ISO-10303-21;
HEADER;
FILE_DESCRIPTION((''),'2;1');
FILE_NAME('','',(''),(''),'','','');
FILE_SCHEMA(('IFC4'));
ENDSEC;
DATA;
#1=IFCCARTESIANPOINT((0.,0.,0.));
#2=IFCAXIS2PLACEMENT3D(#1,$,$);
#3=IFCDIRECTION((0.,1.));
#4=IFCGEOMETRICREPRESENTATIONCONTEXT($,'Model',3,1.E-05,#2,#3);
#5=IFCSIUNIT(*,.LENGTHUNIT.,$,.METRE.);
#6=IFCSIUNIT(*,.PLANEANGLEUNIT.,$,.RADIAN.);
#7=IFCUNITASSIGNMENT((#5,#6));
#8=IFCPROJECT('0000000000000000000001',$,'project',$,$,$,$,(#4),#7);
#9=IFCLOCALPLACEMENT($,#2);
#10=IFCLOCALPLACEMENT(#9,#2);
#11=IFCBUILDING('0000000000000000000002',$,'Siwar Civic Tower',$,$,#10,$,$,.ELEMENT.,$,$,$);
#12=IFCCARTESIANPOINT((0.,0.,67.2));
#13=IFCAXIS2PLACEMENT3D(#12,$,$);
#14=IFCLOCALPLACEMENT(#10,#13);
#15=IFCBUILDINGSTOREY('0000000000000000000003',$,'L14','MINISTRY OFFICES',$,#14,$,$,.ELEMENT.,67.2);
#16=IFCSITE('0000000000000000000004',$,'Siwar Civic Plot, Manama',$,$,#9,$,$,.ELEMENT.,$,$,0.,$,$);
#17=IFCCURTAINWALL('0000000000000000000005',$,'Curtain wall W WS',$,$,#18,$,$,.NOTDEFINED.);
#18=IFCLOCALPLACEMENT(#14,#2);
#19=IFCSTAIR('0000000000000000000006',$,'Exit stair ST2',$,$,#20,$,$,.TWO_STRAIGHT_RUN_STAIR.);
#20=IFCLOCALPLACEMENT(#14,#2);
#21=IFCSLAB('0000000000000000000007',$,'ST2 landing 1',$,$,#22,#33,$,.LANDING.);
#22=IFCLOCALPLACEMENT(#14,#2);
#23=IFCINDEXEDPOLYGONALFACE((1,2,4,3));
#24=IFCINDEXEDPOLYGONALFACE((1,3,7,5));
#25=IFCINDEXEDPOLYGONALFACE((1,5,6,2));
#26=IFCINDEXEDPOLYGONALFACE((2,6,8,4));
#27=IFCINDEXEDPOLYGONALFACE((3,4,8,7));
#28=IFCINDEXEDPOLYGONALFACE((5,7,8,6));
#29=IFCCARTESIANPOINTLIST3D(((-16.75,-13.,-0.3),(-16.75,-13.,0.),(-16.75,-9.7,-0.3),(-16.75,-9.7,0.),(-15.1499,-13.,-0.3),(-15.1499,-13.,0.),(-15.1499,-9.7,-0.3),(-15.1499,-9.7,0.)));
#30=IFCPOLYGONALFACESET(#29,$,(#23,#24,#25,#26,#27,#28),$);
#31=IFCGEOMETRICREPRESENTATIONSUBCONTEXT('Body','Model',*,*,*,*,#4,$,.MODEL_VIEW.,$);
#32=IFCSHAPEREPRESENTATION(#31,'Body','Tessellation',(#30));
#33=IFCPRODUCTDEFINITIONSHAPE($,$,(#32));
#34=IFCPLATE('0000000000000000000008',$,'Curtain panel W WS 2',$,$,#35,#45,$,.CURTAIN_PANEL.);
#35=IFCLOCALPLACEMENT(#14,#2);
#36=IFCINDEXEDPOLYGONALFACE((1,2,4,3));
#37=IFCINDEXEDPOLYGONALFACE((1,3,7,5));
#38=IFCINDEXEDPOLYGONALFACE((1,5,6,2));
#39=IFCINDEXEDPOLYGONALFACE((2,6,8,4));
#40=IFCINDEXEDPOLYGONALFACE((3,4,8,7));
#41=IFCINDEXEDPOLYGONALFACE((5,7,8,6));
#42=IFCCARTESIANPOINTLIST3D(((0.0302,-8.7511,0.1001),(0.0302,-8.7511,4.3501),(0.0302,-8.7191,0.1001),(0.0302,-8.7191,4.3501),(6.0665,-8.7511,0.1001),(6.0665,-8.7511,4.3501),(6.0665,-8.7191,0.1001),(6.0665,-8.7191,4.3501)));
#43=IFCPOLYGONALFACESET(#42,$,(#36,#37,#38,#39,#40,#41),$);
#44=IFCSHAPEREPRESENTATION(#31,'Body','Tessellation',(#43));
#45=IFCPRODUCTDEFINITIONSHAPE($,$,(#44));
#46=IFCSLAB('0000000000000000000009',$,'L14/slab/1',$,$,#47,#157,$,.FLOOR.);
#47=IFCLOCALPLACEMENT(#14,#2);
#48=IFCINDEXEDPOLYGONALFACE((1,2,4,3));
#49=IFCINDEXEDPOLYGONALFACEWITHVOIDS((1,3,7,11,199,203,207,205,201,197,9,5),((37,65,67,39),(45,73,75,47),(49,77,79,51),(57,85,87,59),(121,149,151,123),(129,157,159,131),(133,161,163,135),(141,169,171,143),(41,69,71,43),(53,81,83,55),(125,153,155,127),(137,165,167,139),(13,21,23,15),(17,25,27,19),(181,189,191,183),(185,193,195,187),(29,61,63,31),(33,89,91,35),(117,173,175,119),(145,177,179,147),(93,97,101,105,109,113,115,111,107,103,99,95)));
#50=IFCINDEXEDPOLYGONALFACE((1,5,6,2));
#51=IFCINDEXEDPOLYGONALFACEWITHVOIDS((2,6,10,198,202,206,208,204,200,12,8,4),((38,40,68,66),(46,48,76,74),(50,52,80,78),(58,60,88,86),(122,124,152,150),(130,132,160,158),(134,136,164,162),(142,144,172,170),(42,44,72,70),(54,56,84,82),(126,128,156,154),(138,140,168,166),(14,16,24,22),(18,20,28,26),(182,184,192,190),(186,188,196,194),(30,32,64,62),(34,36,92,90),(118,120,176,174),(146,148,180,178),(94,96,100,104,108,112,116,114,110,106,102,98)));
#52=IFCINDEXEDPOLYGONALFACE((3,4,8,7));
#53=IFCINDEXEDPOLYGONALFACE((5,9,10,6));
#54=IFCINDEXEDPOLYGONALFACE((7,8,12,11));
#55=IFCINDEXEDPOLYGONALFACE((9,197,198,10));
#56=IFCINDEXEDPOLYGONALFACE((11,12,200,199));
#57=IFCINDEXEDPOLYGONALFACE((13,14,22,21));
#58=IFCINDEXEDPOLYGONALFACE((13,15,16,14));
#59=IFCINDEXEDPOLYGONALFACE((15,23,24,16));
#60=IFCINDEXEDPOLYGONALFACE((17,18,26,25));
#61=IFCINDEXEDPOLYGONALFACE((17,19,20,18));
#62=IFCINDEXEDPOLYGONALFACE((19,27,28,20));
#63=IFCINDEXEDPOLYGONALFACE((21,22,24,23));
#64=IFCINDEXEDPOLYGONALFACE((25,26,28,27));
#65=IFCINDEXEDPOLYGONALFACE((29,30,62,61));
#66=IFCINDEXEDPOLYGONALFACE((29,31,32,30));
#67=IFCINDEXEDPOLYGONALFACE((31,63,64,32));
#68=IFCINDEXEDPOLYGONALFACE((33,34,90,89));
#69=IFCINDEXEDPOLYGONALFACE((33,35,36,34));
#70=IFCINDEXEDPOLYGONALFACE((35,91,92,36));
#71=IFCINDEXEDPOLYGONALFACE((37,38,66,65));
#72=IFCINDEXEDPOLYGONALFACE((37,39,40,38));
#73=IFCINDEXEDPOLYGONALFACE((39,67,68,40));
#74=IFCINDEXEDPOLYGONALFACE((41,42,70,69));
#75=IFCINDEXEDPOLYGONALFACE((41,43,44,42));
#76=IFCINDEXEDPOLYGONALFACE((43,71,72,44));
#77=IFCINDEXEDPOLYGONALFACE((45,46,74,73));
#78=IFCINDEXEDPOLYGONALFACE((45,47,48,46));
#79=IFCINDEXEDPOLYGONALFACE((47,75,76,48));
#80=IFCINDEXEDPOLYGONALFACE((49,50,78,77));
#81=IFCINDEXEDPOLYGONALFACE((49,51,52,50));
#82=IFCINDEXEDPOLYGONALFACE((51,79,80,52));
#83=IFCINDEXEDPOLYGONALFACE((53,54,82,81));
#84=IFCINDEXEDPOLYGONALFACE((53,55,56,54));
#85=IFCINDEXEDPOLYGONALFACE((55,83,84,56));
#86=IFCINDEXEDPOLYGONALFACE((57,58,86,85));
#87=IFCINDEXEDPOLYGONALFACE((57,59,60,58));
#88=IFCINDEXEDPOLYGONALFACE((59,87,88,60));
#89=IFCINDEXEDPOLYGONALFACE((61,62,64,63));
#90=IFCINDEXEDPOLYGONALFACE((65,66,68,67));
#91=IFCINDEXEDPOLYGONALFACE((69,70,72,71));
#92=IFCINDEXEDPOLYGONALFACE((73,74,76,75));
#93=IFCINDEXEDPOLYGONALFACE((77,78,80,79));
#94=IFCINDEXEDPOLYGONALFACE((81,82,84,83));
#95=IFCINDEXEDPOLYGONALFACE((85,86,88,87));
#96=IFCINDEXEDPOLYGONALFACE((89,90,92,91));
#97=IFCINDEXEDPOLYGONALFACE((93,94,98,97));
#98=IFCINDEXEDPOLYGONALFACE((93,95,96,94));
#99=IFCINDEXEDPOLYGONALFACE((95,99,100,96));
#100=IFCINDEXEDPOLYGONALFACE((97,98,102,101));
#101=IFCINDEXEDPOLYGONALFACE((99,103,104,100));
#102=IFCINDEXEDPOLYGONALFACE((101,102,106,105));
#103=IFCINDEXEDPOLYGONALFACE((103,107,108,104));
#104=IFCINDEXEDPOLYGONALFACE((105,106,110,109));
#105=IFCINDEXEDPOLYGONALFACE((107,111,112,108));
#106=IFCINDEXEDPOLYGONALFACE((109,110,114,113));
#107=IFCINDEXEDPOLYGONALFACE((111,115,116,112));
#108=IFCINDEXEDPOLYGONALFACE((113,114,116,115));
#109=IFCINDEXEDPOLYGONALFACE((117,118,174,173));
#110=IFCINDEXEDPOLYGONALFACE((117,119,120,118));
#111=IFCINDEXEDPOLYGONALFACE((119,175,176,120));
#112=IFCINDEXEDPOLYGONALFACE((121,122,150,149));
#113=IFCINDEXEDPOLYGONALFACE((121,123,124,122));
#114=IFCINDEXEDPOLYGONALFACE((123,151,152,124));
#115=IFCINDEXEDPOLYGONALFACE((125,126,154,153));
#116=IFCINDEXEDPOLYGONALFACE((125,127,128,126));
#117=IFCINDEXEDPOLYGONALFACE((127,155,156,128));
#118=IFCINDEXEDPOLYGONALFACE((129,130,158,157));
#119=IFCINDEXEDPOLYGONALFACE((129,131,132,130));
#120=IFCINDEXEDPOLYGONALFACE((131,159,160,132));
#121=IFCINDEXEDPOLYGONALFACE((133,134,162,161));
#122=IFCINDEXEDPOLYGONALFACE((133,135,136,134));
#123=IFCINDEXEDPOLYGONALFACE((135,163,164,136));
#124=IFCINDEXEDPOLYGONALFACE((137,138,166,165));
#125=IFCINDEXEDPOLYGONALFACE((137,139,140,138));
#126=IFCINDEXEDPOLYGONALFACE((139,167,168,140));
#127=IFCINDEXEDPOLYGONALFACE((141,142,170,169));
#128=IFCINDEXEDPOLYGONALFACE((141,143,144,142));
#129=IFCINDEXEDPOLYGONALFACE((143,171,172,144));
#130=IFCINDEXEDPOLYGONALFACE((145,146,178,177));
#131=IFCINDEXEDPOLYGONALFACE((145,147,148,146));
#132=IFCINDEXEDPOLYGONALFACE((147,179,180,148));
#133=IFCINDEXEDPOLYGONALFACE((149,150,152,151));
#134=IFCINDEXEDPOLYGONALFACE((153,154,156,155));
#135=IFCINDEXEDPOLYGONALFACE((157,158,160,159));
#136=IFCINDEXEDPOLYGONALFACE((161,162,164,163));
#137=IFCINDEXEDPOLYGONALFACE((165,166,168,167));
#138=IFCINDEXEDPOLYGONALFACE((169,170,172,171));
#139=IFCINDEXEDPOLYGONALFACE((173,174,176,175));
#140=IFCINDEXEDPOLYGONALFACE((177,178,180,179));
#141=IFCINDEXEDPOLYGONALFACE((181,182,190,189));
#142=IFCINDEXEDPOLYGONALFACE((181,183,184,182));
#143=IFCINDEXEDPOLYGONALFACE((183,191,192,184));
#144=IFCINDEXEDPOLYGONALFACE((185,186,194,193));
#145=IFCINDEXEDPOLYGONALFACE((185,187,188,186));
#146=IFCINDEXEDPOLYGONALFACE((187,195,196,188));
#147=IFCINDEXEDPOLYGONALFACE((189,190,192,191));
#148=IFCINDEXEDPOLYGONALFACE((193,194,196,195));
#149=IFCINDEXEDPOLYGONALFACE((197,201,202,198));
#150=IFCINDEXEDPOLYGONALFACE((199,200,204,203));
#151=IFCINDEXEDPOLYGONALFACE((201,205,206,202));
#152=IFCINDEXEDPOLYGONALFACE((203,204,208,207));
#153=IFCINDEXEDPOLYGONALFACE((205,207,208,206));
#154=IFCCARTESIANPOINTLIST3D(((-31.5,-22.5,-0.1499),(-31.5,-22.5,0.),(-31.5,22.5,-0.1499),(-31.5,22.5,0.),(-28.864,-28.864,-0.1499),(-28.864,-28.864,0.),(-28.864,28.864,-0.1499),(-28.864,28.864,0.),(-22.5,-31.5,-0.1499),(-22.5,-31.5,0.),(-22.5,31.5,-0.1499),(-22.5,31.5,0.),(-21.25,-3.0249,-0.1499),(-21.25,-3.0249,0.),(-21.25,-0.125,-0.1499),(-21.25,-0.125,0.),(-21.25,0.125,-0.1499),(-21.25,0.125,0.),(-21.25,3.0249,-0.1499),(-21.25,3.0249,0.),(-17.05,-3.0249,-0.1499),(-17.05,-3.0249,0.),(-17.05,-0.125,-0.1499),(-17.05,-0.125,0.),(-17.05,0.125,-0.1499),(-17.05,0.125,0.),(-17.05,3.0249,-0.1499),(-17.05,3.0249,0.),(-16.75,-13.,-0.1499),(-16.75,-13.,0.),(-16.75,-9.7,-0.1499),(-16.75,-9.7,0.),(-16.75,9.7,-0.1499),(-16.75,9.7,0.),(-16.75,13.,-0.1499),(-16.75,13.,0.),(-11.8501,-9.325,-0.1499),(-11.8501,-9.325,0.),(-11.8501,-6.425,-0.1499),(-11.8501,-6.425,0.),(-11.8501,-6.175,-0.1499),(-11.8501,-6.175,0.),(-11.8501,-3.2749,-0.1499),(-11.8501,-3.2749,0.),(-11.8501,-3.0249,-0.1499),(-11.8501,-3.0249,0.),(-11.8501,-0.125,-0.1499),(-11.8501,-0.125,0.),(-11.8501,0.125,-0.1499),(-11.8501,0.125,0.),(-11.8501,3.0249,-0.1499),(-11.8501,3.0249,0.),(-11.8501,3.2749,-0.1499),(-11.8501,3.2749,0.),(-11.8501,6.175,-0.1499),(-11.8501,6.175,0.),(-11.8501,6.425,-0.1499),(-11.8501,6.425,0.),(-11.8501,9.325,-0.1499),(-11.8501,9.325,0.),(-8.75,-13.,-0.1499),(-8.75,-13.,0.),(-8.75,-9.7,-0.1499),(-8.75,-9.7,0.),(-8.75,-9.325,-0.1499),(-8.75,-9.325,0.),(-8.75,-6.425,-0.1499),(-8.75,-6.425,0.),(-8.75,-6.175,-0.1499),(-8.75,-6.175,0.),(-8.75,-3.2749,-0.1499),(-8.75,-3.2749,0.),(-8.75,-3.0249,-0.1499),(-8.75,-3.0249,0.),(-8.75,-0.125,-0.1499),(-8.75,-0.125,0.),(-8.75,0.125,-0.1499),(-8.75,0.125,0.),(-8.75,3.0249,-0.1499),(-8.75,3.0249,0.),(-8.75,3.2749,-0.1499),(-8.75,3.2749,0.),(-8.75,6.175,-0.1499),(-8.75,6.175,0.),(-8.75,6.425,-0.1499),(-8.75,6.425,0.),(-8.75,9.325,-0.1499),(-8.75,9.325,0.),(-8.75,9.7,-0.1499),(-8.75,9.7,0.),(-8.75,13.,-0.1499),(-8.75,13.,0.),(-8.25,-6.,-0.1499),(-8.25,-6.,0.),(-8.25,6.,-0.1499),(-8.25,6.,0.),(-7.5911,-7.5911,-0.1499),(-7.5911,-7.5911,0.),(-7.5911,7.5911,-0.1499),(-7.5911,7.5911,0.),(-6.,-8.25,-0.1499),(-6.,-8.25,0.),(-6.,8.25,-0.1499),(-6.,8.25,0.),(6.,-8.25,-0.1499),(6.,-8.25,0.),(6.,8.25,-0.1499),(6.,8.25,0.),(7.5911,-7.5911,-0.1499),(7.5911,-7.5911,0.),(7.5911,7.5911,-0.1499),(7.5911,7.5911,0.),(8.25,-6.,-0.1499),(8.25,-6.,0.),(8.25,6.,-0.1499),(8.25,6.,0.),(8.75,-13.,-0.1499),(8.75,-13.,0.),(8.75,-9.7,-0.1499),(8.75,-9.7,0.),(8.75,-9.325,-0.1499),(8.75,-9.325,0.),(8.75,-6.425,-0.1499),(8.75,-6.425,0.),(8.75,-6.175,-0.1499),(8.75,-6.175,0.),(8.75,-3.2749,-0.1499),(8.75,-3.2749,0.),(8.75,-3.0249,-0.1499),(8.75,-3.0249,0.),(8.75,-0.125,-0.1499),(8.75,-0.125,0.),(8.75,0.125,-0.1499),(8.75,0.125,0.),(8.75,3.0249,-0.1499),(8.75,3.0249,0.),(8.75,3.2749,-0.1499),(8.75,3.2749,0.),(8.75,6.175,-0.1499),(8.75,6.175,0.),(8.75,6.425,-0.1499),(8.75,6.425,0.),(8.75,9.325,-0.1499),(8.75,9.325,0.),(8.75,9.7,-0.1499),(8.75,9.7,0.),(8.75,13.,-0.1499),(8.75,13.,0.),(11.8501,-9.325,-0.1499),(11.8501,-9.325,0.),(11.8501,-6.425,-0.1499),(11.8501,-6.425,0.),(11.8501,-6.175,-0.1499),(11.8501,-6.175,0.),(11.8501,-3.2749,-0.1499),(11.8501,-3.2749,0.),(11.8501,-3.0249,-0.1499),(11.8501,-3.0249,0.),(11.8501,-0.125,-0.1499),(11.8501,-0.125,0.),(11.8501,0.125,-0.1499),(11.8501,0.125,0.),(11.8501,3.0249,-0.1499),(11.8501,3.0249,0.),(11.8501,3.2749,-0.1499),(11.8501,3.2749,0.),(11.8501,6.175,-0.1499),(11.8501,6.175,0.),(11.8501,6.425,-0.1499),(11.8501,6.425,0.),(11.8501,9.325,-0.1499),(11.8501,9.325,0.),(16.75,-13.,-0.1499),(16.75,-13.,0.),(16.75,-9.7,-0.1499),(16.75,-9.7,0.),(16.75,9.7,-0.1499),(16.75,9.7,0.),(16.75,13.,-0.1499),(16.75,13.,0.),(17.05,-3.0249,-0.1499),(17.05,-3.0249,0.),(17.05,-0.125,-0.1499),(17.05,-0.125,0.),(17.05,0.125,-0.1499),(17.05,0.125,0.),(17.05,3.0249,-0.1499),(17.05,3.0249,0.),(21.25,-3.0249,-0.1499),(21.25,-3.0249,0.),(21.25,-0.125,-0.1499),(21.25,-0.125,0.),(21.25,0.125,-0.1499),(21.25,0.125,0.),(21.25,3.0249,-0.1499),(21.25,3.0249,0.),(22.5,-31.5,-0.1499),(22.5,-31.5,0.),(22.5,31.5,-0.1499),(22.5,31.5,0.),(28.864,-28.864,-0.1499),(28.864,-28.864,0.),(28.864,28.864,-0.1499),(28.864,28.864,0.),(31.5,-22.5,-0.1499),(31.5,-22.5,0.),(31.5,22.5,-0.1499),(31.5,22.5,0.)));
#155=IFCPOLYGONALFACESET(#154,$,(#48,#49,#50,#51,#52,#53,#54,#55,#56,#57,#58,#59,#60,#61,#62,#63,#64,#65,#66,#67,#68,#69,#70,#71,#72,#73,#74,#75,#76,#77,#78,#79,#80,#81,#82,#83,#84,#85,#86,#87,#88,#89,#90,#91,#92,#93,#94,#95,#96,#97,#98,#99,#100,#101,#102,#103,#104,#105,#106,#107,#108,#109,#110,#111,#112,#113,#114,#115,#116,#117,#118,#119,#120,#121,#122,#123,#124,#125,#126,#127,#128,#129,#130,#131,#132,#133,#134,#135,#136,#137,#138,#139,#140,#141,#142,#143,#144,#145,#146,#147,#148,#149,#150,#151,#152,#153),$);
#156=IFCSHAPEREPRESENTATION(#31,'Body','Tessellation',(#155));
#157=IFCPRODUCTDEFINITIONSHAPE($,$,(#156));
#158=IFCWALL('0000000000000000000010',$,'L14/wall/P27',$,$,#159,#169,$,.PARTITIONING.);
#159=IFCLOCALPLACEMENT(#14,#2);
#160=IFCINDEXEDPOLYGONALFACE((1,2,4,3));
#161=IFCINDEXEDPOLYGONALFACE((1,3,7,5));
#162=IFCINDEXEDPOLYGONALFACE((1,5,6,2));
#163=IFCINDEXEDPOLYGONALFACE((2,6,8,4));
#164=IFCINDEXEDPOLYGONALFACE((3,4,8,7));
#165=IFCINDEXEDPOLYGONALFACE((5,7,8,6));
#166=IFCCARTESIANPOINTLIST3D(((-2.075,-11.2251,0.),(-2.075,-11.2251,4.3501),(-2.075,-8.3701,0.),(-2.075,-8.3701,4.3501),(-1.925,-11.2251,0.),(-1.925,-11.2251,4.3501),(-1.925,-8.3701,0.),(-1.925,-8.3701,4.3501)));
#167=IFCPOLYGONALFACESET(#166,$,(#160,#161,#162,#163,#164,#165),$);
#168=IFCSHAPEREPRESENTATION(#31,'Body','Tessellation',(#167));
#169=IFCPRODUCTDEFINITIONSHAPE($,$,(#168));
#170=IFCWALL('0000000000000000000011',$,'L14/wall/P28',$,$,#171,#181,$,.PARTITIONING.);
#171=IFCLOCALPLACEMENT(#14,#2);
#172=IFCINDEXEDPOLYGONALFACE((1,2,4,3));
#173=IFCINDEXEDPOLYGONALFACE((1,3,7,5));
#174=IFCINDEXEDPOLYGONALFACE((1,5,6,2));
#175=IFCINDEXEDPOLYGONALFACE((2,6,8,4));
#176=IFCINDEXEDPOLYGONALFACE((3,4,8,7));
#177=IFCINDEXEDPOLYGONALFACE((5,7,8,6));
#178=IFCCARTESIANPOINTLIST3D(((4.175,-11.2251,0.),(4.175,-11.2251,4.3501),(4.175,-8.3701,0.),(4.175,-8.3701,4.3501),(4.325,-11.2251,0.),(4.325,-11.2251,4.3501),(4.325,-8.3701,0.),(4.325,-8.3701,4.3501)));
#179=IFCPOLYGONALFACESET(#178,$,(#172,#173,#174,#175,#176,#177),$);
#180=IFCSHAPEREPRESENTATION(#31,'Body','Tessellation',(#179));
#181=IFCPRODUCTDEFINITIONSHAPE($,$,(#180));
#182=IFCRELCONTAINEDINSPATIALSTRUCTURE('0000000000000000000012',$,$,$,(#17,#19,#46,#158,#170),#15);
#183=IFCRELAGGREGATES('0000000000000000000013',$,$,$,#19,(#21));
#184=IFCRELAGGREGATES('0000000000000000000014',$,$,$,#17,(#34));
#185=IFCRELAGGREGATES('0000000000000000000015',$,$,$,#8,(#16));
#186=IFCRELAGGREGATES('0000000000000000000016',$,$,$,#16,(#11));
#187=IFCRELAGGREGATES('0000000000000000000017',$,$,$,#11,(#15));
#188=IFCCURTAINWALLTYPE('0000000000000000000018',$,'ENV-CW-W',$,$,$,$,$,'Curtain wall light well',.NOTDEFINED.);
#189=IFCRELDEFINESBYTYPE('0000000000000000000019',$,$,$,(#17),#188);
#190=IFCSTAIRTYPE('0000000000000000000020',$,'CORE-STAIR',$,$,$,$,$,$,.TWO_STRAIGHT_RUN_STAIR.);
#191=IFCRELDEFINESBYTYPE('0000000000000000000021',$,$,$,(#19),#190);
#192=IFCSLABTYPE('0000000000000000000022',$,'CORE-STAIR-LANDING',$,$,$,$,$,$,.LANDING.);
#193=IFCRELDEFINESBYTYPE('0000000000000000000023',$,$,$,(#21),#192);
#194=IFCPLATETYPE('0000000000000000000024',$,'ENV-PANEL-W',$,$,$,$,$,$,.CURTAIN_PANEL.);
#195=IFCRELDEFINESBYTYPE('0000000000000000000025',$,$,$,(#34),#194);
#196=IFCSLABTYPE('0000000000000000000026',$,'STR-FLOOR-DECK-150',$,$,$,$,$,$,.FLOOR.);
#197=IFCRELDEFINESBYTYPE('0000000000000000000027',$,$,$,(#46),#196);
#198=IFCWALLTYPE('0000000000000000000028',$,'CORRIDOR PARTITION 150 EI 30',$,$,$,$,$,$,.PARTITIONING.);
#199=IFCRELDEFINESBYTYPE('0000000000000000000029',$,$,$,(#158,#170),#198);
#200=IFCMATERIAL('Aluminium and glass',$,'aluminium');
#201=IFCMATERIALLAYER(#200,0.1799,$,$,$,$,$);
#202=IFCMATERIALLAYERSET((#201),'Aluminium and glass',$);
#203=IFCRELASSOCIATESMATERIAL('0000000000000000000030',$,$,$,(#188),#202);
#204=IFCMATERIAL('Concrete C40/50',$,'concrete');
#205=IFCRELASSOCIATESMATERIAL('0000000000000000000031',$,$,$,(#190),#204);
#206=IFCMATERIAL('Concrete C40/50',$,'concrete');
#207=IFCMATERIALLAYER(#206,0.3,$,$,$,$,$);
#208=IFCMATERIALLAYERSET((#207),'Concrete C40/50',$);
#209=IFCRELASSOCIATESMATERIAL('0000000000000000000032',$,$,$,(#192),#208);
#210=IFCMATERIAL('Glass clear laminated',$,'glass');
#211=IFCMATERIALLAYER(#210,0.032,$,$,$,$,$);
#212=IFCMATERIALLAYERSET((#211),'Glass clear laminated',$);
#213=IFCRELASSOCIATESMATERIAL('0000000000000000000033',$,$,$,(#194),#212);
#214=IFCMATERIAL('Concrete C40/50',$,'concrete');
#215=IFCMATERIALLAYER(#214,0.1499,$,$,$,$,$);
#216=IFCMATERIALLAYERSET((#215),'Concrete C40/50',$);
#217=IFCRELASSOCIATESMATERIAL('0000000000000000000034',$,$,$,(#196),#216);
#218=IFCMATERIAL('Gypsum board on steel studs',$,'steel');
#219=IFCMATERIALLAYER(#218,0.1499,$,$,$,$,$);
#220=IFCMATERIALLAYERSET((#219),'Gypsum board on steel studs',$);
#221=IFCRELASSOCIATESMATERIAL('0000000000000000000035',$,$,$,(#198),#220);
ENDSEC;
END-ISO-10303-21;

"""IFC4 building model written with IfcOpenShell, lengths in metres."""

from ifc_helpers import new_model, si_unit, direction, frame, frame_2d, origin, origin_2d, place, context, subcontext, project, spatial, polyline, rectangle, outline, extrude, material, layer, layer_set, type_object, element, aggregate, save


model = new_model("IFC4")

# Units and contexts
model_context = context("Model", 3, precision=1e-05, world=origin(), true_north=direction((0.0, 1.0)))
body_context = subcontext(model_context, "Body", "Model", "MODEL_VIEW")
ifc_project = project(units=[si_unit("LENGTHUNIT", "METRE"), si_unit("PLANEANGLEUNIT", "RADIAN")], contexts=[model_context])

# Site, building, storey
site_placement = place(None, origin())
site = spatial("IfcSite", under=ifc_project, at=site_placement, Name="Siwar Civic Plot, Manama", CompositionType="ELEMENT", RefElevation=0.0)
building_placement = place(site_placement, origin())
building = spatial("IfcBuilding", under=site, at=building_placement, Name="Siwar Civic Tower", CompositionType="ELEMENT")
storey_placement = place(building_placement, frame((0.0, 0.0, 67.2)))
storey = spatial("IfcBuildingStorey", under=building, at=storey_placement, Name="L14", Description="MINISTRY OFFICES", CompositionType="ELEMENT", Elevation=67.2)

# Curtain wall
ifc_material_1 = material(Name="Aluminium and glass", Category="aluminium")
ifc_layer_1 = layer(ifc_material_1, 0.1799)
ifc_layer_set_1 = layer_set([ifc_layer_1], Name="Aluminium and glass")
curtain_wall_type = type_object("IfcCurtainWallType", Name="ENV-CW-W", ElementType="Curtain wall light well", PredefinedType="NOTDEFINED", material=ifc_layer_set_1)
curtain_wall_placement = place(storey_placement, origin())
curtain_wall = element("IfcCurtainWall", 1, at=curtain_wall_placement, inside=storey, type_object=curtain_wall_type, Name="Curtain wall W WS", PredefinedType="NOTDEFINED")

# Shared definitions
ifc_material_2 = material(Name="Concrete C40/50", Category="concrete")
stair_type = type_object("IfcStairType", Name="CORE-STAIR", PredefinedType="TWO_STRAIGHT_RUN_STAIR", material=ifc_material_2)
ifc_material_3 = material(Name="Concrete C40/50", Category="concrete")
ifc_layer_2 = layer(ifc_material_3, 0.3)
ifc_layer_set_2 = layer_set([ifc_layer_2], Name="Concrete C40/50")
slab_type_1 = type_object("IfcSlabType", Name="CORE-STAIR-LANDING", PredefinedType="LANDING", material=ifc_layer_set_2)

# Stair, slab
stair_1_placement = place(storey_placement, origin())
stair_1 = element("IfcStair", 2, at=stair_1_placement, inside=storey, type_object=stair_type, Name="Exit stair ST2", PredefinedType="TWO_STRAIGHT_RUN_STAIR")
slab_1_placement = place(storey_placement, frame((0.0, 0.0, -0.3)))
slab_1 = element("IfcSlab", 3, at=slab_1_placement, type_object=slab_type_1, Name="ST2 landing 1", PredefinedType="LANDING", context=body_context, shape_type="SweptSolid", body=[
    extrude(outline(polyline([(-15.1499, -9.7), (-16.75, -9.7), (-16.75, -13.0), (-15.1499, -13.0), (-15.1499, -9.7)])), origin(), (0.0, 0.0, 1.0), 0.3),
])
aggregate(stair_1, [slab_1])

# Plate
ifc_material_4 = material(Name="Glass clear laminated", Category="glass")
ifc_layer_3 = layer(ifc_material_4, 0.032)
ifc_layer_set_3 = layer_set([ifc_layer_3], Name="Glass clear laminated")
plate_type = type_object("IfcPlateType", Name="ENV-PANEL-W", PredefinedType="CURTAIN_PANEL", material=ifc_layer_set_3)
plate_placement = place(storey_placement, frame((3.0483, -8.7351, 0.1001), z_axis=(0.0, 0.0, 1.0), x_axis=(1.0, 0.0, 0.0)))
plate = element("IfcPlate", 4, at=plate_placement, type_object=plate_type, Name="Curtain panel W WS 2", PredefinedType="CURTAIN_PANEL", context=body_context, shape_type="SweptSolid", body=[
    extrude(rectangle(XDim=6.0364, YDim=0.032, at=origin_2d()), origin(), (0.0, 0.0, 1.0), 4.25),
])
aggregate(curtain_wall, [plate])

# Slab
ifc_material_5 = material(Name="Concrete C40/50", Category="concrete")
ifc_layer_4 = layer(ifc_material_5, 0.1499)
ifc_layer_set_4 = layer_set([ifc_layer_4], Name="Concrete C40/50")
slab_type_2 = type_object("IfcSlabType", Name="STR-FLOOR-DECK-150", PredefinedType="FLOOR", material=ifc_layer_set_4)
slab_2_placement = place(storey_placement, frame((0.0, 0.0, -0.1499)))
element("IfcSlab", 5, at=slab_2_placement, inside=storey, type_object=slab_type_2, Name="L14/slab/1", PredefinedType="FLOOR", context=body_context, shape_type="SweptSolid", body=[
    extrude(outline(polyline([(-22.5, -31.5), (22.5, -31.5), (28.864, -28.864), (31.5, -22.5), (31.5, 22.5), (28.864, 28.864), (22.5, 31.5), (-22.5, 31.5), (-28.864, 28.864), (-31.5, 22.5), (-31.5, -22.5), (-28.864, -28.864), (-22.5, -31.5)]), holes=[polyline([(21.25, 3.0249), (21.25, 0.125), (17.05, 0.125), (17.05, 3.0249), (21.25, 3.0249)]), polyline([(17.05, -0.125), (21.25, -0.125), (21.25, -3.0249), (17.05, -3.0249), (17.05, -0.125)]), polyline([(16.75, 13.0), (16.75, 9.7), (8.75, 9.7), (8.75, 13.0), (16.75, 13.0)]), polyline([(8.75, -9.7), (16.75, -9.7), (16.75, -13.0), (8.75, -13.0), (8.75, -9.7)]), polyline([(11.8501, 9.325), (11.8501, 6.425), (8.75, 6.425), (8.75, 9.325), (11.8501, 9.325)]), polyline([(11.8501, 3.0249), (11.8501, 0.125), (8.75, 0.125), (8.75, 3.0249), (11.8501, 3.0249)]), polyline([(11.8501, -0.125), (11.8501, -3.0249), (8.75, -3.0249), (8.75, -0.125), (11.8501, -0.125)]), polyline([(11.8501, -3.2749), (11.8501, -6.175), (8.75, -6.175), (8.75, -3.2749), (11.8501, -3.2749)]), polyline([(8.75, 6.175), (11.8501, 6.175), (11.8501, 3.2749), (8.75, 3.2749), (8.75, 6.175)]), polyline([(8.75, -6.425), (11.8501, -6.425), (11.8501, -9.325), (8.75, -9.325), (8.75, -6.425)]), polyline([(-6.0, 8.25), (6.0, 8.25), (7.5911, 7.5911), (8.25, 6.0), (8.25, -6.0), (7.5911, -7.5911), (6.0, -8.25), (-6.0, -8.25), (-7.5911, -7.5911), (-8.25, -6.0), (-8.25, 6.0), (-7.5911, 7.5911), (-6.0, 8.25)]), polyline([(-8.75, 9.7), (-16.75, 9.7), (-16.75, 13.0), (-8.75, 13.0), (-8.75, 9.7)]), polyline([(-8.75, 0.125), (-11.8501, 0.125), (-11.8501, 3.0249), (-8.75, 3.0249), (-8.75, 0.125)]), polyline([(-8.75, -6.175), (-11.8501, -6.175), (-11.8501, -3.2749), (-8.75, -3.2749), (-8.75, -6.175)]), polyline([(-8.75, -9.325), (-11.8501, -9.325), (-11.8501, -6.425), (-8.75, -6.425), (-8.75, -9.325)]), polyline([(-8.75, -13.0), (-16.75, -13.0), (-16.75, -9.7), (-8.75, -9.7), (-8.75, -13.0)]), polyline([(-11.8501, 6.425), (-11.8501, 9.325), (-8.75, 9.325), (-8.75, 6.425), (-11.8501, 6.425)]), polyline([(-11.8501, 3.2749), (-11.8501, 6.175), (-8.75, 6.175), (-8.75, 3.2749), (-11.8501, 3.2749)]), polyline([(-11.8501, -3.0249), (-11.8501, -0.125), (-8.75, -0.125), (-8.75, -3.0249), (-11.8501, -3.0249)]), polyline([(-21.25, -3.0249), (-21.25, -0.125), (-17.05, -0.125), (-17.05, -3.0249), (-21.25, -3.0249)]), polyline([(-17.05, 0.125), (-21.25, 0.125), (-21.25, 3.0249), (-17.05, 3.0249), (-17.05, 0.125)])]), origin(), (0.0, 0.0, 1.0), 0.1499),
])

# Walls
ifc_material_6 = material(Name="Gypsum board on steel studs", Category="steel")
ifc_layer_5 = layer(ifc_material_6, 0.1499)
ifc_layer_set_5 = layer_set([ifc_layer_5], Name="Gypsum board on steel studs")
wall_type = type_object("IfcWallType", Name="CORRIDOR PARTITION 150 EI 30", PredefinedType="PARTITIONING", material=ifc_layer_set_5)
for number, where, z_axis, x_axis, name in (
    (6, (-2.0, -11.2251, 0.0), (0.0, 0.0, 1.0), (0.0, 1.0, 0.0), "L14/wall/P27"),
    (7, (4.25, -11.2251, 0.0), (0.0, 0.0, 1.0), (0.0, 1.0, 0.0), "L14/wall/P28"),
):
    element("IfcWall", number, at=place(storey_placement, frame(where, z_axis=z_axis, x_axis=x_axis)), inside=storey, type_object=wall_type, Name=name, PredefinedType="PARTITIONING", context=body_context, shape_type="SweptSolid", body=[
        extrude(rectangle(XDim=2.855, YDim=0.1499, at=frame_2d((1.4275, 0.0))), origin(), (0.0, 0.0, 1.0), 4.3501),
    ])

save(model, "model.ifc")
